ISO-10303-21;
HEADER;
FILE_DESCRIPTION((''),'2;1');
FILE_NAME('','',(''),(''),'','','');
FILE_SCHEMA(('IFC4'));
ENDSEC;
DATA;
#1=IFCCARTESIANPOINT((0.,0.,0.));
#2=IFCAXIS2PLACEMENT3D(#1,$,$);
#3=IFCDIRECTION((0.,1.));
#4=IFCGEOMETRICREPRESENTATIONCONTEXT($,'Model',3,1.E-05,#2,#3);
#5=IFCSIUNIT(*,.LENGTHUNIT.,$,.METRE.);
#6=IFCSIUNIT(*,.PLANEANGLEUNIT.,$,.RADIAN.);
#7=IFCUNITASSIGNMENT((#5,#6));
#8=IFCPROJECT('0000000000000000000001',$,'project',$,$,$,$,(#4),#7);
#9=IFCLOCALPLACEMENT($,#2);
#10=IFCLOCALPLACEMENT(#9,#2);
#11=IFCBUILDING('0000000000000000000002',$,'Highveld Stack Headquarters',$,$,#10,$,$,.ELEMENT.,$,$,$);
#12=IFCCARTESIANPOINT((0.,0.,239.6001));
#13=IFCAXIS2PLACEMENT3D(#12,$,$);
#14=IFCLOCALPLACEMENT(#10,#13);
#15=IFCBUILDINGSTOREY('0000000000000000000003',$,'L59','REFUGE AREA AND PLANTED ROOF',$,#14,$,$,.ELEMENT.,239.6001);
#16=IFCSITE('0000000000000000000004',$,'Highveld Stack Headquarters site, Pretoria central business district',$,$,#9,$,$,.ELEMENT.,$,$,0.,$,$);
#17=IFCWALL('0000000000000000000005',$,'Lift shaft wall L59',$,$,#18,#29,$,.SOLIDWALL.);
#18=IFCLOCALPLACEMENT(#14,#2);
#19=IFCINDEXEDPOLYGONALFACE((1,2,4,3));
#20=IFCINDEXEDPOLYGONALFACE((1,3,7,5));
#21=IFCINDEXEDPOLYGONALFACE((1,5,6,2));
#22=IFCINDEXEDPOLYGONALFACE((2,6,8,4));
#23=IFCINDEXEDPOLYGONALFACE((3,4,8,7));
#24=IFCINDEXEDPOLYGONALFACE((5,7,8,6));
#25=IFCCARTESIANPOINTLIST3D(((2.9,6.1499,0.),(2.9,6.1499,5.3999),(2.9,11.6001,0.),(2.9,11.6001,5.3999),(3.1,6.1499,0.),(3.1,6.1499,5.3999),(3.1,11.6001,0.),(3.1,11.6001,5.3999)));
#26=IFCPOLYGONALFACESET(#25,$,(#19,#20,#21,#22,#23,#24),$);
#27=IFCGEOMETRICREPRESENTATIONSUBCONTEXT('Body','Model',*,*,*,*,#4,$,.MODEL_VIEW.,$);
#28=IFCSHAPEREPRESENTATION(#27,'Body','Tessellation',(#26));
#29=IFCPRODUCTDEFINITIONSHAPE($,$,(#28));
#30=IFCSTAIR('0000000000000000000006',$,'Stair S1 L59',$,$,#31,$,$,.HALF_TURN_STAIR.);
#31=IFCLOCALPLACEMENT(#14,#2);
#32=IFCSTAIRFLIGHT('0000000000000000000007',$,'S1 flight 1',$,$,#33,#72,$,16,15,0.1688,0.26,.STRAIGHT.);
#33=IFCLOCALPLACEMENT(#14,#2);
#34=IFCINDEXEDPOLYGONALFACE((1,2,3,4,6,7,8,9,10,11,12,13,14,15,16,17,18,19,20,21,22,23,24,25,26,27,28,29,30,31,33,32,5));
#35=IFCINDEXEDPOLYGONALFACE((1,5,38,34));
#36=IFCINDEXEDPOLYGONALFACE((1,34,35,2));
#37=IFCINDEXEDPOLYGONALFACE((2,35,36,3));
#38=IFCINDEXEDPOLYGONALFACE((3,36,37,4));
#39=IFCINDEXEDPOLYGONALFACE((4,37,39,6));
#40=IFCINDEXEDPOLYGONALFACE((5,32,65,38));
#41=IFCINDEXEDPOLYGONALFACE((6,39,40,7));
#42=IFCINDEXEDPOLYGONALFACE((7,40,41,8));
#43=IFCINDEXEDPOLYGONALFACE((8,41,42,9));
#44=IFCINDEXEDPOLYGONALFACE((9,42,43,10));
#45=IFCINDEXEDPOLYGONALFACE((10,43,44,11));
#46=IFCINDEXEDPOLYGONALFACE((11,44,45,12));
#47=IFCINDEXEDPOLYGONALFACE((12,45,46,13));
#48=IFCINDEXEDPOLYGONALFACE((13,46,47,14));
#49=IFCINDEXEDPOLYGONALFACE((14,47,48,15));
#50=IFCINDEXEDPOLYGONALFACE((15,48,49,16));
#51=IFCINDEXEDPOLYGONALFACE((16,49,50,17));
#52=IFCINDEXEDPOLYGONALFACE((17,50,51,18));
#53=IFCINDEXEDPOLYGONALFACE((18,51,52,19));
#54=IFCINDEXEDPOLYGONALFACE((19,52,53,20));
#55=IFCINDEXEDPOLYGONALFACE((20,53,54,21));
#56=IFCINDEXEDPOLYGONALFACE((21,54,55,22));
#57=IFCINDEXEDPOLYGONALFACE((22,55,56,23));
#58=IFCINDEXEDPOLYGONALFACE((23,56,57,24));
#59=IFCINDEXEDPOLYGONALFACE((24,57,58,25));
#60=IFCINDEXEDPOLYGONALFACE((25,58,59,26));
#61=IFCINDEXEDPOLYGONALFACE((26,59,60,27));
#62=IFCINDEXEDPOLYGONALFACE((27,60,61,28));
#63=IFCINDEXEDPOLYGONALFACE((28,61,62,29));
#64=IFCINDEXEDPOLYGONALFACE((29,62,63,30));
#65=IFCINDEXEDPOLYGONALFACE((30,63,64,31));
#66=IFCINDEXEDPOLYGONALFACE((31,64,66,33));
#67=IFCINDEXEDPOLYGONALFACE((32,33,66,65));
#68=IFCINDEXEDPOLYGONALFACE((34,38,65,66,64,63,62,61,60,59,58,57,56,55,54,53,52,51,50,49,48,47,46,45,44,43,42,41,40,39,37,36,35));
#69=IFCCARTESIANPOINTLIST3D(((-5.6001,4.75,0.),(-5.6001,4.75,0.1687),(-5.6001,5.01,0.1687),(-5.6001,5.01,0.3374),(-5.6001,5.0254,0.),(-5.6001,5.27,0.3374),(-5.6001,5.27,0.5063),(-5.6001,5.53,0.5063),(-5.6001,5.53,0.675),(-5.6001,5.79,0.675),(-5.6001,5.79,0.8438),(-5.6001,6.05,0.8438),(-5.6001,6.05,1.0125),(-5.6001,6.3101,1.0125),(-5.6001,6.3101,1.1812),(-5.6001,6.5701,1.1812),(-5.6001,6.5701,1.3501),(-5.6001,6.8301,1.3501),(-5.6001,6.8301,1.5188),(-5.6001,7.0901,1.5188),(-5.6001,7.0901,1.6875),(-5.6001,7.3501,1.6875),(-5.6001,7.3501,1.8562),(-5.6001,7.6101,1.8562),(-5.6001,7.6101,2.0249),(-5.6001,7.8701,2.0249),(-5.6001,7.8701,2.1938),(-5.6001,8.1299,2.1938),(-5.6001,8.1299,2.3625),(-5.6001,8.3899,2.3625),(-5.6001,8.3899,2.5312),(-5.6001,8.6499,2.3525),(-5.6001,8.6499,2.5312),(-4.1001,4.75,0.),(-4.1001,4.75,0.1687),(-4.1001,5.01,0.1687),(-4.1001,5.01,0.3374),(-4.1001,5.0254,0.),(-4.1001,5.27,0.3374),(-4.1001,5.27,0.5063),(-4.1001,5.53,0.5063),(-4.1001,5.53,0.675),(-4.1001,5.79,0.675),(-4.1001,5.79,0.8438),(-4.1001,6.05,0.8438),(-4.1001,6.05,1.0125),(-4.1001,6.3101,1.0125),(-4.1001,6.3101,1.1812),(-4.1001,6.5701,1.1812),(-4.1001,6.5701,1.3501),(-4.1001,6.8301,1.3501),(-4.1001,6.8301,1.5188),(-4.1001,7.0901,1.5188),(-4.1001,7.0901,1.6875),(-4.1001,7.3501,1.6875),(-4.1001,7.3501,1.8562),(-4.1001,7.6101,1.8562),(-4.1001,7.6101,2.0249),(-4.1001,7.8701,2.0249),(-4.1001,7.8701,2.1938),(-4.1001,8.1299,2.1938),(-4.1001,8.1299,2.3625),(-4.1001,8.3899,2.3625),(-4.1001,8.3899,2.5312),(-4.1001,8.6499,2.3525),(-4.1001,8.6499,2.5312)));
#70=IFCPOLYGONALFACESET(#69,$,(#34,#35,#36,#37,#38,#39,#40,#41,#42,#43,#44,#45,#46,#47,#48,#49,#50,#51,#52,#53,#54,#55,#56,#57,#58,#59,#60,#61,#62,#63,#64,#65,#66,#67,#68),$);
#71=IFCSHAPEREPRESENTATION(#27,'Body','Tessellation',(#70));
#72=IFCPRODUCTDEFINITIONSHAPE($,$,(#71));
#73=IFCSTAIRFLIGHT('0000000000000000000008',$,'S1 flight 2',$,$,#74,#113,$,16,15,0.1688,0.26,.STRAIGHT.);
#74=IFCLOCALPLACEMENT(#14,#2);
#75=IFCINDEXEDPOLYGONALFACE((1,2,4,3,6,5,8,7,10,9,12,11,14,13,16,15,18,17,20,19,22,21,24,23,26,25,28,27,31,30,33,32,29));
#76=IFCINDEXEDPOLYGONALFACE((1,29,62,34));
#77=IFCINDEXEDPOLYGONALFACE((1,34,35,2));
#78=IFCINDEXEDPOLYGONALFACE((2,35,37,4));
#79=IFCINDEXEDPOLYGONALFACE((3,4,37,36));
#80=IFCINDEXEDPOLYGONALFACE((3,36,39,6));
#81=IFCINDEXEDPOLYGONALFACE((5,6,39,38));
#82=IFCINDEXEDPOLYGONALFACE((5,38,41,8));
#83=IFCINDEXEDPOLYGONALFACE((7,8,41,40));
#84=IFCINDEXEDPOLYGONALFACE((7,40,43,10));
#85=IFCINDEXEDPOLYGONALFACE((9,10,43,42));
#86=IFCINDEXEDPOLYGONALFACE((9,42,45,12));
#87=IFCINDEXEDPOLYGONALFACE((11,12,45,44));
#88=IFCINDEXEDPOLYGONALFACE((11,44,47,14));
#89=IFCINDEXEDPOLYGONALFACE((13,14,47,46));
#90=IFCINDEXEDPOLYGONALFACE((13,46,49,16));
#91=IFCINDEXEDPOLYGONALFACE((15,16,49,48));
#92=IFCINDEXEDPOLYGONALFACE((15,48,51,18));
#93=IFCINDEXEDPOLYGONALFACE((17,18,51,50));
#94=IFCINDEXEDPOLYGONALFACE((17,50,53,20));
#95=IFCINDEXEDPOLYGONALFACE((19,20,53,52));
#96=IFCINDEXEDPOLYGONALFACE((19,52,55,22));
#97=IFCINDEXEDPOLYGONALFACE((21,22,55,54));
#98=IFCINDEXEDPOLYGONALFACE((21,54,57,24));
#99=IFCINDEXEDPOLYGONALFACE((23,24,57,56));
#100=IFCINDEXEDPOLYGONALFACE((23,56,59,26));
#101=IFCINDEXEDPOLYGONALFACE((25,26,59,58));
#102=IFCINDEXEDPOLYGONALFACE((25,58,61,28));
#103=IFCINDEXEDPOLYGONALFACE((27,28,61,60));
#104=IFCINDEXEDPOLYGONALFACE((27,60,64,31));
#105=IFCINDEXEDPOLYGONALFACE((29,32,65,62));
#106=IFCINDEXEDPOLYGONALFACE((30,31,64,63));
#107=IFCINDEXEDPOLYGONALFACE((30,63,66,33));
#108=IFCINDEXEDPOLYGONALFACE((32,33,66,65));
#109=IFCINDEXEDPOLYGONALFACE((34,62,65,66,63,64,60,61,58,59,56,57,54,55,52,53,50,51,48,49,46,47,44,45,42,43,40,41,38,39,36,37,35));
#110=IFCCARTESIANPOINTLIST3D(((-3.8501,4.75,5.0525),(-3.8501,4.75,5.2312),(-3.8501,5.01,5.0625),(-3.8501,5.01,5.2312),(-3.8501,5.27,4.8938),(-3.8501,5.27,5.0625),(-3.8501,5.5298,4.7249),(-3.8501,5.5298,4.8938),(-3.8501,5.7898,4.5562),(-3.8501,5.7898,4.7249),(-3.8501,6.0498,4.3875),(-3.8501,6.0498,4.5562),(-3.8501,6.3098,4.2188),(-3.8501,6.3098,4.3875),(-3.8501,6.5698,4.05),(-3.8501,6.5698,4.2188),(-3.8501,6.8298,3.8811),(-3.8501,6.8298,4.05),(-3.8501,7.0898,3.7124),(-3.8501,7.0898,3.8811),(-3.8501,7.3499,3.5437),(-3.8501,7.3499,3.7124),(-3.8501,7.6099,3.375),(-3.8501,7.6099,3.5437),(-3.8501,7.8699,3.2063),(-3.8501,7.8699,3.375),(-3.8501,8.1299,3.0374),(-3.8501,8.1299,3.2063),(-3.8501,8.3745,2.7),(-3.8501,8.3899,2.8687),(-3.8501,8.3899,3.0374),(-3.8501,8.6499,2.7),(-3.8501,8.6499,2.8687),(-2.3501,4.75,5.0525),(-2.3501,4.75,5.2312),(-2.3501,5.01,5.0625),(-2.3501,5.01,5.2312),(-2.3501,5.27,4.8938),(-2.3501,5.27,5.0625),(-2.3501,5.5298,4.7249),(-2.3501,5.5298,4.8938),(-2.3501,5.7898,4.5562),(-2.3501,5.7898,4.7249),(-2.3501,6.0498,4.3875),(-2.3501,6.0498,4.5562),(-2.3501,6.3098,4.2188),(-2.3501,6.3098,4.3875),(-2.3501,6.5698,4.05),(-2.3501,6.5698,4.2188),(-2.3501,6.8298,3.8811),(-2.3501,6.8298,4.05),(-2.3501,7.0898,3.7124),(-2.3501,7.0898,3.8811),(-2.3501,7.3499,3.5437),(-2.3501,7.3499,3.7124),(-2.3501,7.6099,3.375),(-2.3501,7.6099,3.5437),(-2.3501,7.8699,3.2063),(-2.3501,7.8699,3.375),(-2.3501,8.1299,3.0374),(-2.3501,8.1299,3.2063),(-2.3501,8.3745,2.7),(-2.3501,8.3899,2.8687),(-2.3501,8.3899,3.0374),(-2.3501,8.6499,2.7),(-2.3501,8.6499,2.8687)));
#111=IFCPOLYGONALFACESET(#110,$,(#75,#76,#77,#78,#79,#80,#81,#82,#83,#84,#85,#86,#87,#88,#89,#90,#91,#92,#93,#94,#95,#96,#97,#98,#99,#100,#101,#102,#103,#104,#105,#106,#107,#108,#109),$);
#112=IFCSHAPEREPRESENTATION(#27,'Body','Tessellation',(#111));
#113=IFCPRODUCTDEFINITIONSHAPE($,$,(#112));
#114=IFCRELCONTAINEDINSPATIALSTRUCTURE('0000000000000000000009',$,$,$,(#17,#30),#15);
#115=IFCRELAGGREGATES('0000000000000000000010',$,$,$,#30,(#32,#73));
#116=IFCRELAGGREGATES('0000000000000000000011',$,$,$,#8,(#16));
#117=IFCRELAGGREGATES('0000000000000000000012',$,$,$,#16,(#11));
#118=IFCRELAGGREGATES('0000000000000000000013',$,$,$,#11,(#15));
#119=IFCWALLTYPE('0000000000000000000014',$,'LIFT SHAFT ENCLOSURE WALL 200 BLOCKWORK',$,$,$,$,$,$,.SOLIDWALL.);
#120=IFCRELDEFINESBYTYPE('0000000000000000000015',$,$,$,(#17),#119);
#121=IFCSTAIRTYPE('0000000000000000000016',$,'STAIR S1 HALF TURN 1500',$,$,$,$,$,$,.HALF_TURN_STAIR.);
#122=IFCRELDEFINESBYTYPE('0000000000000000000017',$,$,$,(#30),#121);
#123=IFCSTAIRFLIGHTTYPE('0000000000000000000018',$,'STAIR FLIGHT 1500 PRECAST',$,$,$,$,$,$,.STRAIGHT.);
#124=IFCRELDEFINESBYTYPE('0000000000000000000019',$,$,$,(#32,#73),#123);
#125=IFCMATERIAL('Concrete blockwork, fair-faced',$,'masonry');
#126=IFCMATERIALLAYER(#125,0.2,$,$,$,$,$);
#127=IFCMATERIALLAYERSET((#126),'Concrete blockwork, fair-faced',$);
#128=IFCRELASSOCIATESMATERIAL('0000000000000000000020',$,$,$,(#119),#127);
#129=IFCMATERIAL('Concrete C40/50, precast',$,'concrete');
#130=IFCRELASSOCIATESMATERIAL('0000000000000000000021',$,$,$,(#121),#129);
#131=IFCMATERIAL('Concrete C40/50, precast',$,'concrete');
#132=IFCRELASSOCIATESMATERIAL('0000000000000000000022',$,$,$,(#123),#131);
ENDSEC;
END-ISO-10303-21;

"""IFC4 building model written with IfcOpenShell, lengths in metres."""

from ifc_helpers import new_model, si_unit, direction, frame, frame_2d, origin, place, context, subcontext, project, spatial, polyline, rectangle, outline, extrude, material, layer, layer_set, type_object, element, aggregate, save


model = new_model("IFC4")

# Units and contexts
model_context = context("Model", 3, precision=1e-05, world=origin(), true_north=direction((0.0, 1.0)))
body_context = subcontext(model_context, "Body", "Model", "MODEL_VIEW")
ifc_project = project(units=[si_unit("LENGTHUNIT", "METRE"), si_unit("PLANEANGLEUNIT", "RADIAN")], contexts=[model_context])

# Site, building, storey
site_placement = place(None, origin())
site = spatial("IfcSite", under=ifc_project, at=site_placement, Name="Highveld Stack Headquarters site, Pretoria central business district", CompositionType="ELEMENT", RefElevation=0.0)
building_placement = place(site_placement, origin())
building = spatial("IfcBuilding", under=site, at=building_placement, Name="Highveld Stack Headquarters", CompositionType="ELEMENT")
storey_placement = place(building_placement, frame((0.0, 0.0, 239.6001)))
storey = spatial("IfcBuildingStorey", under=building, at=storey_placement, Name="L59", Description="REFUGE AREA AND PLANTED ROOF", CompositionType="ELEMENT", Elevation=239.6001)

# Wall
ifc_material_1 = material(Name="Concrete blockwork, fair-faced", Category="masonry")
ifc_layer_1 = layer(ifc_material_1, 0.2)
ifc_layer_set_1 = layer_set([ifc_layer_1], Name="Concrete blockwork, fair-faced")
wall_type_1 = type_object("IfcWallType", Name="LIFT SHAFT ENCLOSURE WALL 200 BLOCKWORK", PredefinedType="SOLIDWALL", material=ifc_layer_set_1)
wall_1_placement = place(storey_placement, frame((3.0, 6.1499, 0.0), z_axis=(0.0, 0.0, 1.0), x_axis=(0.0, 1.0, 0.0)))
element("IfcWall", 1, at=wall_1_placement, inside=storey, type_object=wall_type_1, Name="Lift shaft wall L59", PredefinedType="SOLIDWALL", context=body_context, shape_type="SweptSolid", body=[
    extrude(rectangle(XDim=5.4502, YDim=0.2, at=frame_2d((2.7251, 0.0))), origin(), (0.0, 0.0, 1.0), 5.3999),
])

# Stair, stair flights
ifc_material_2 = material(Name="Concrete C40/50, precast", Category="concrete")
stair_type = type_object("IfcStairType", Name="STAIR S1 HALF TURN 1500", PredefinedType="HALF_TURN_STAIR", material=ifc_material_2)
stair_placement = place(storey_placement, origin())
stair = element("IfcStair", 2, at=stair_placement, inside=storey, type_object=stair_type, Name="Stair S1 L59", PredefinedType="HALF_TURN_STAIR")
ifc_material_3 = material(Name="Concrete C40/50, precast", Category="concrete")
stair_flight_type = type_object("IfcStairFlightType", Name="STAIR FLIGHT 1500 PRECAST", PredefinedType="STRAIGHT", material=ifc_material_3)
stair_flight_1_placement = place(storey_placement, frame((-4.8501, 4.75, 0.0), z_axis=(0.0, 0.0, 1.0), x_axis=(0.0, 1.0, 0.0)))
stair_flight_1 = element("IfcStairFlight", 3, at=stair_flight_1_placement, type_object=stair_flight_type, Name="S1 flight 1", NumberOfRisers=16, NumberOfTreads=15, PredefinedType="STRAIGHT", RiserHeight=0.1688, TreadLength=0.26, context=body_context, shape_type="SweptSolid", body=[
    extrude(outline(polyline([(0.0, 0.0), (0.0, 0.1687), (0.26, 0.1687), (0.26, 0.3374), (0.52, 0.3374), (0.52, 0.5063), (0.78, 0.5063), (0.78, 0.675), (1.04, 0.675), (1.04, 0.8438), (1.3, 0.8438), (1.3, 1.0125), (1.5601, 1.0125), (1.5601, 1.1812), (1.8201, 1.1812), (1.8201, 1.3501), (2.0801, 1.3501), (2.0801, 1.5188), (2.3401, 1.5188), (2.3401, 1.6875), (2.6001, 1.6875), (2.6001, 1.8562), (2.8601, 1.8562), (2.8601, 2.0249), (3.1201, 2.0249), (3.1201, 2.1938), (3.3799, 2.1938), (3.3799, 2.3625), (3.6399, 2.3625), (3.6399, 2.5312), (3.8999, 2.5312), (3.8999, 2.7), (3.8999, 2.3525), (0.2754, 0.0), (0.0, 0.0)])), frame((0.0, 0.75, 0.0), z_axis=(0.0, -1.0, 0.0), x_axis=(1.0, 0.0, 0.0)), (0.0, 0.0, 1.0), 1.5),
])
stair_flight_2_placement = place(storey_placement, frame((-3.1001, 8.6499, 2.7), z_axis=(0.0, 0.0, 1.0), x_axis=(0.0, -1.0, 0.0)))
stair_flight_2 = element("IfcStairFlight", 4, at=stair_flight_2_placement, type_object=stair_flight_type, Name="S1 flight 2", NumberOfRisers=16, NumberOfTreads=15, PredefinedType="STRAIGHT", RiserHeight=0.1688, TreadLength=0.26, context=body_context, shape_type="SweptSolid", body=[
    extrude(outline(polyline([(0.0, 0.0), (0.0, 0.1687), (0.26, 0.1687), (0.26, 0.3374), (0.52, 0.3374), (0.52, 0.5063), (0.78, 0.5063), (0.78, 0.675), (1.04, 0.675), (1.04, 0.8438), (1.3, 0.8438), (1.3, 1.0125), (1.5601, 1.0125), (1.5601, 1.1812), (1.8201, 1.1812), (1.8201, 1.3501), (2.0801, 1.3501), (2.0801, 1.5188), (2.3401, 1.5188), (2.3401, 1.6875), (2.6001, 1.6875), (2.6001, 1.8562), (2.8601, 1.8562), (2.8601, 2.0249), (3.1201, 2.0249), (3.1201, 2.1938), (3.3799, 2.1938), (3.3799, 2.3625), (3.6399, 2.3625), (3.6399, 2.5312), (3.8999, 2.5312), (3.8999, 2.7), (3.8999, 2.3525), (0.2754, 0.0), (0.0, 0.0)])), frame((0.0, 0.75, 0.0), z_axis=(0.0, -1.0, 0.0), x_axis=(1.0, 0.0, 0.0)), (0.0, 0.0, 1.0), 1.5),
])
aggregate(stair, [stair_flight_1, stair_flight_2])

save(model, "model.ifc")
